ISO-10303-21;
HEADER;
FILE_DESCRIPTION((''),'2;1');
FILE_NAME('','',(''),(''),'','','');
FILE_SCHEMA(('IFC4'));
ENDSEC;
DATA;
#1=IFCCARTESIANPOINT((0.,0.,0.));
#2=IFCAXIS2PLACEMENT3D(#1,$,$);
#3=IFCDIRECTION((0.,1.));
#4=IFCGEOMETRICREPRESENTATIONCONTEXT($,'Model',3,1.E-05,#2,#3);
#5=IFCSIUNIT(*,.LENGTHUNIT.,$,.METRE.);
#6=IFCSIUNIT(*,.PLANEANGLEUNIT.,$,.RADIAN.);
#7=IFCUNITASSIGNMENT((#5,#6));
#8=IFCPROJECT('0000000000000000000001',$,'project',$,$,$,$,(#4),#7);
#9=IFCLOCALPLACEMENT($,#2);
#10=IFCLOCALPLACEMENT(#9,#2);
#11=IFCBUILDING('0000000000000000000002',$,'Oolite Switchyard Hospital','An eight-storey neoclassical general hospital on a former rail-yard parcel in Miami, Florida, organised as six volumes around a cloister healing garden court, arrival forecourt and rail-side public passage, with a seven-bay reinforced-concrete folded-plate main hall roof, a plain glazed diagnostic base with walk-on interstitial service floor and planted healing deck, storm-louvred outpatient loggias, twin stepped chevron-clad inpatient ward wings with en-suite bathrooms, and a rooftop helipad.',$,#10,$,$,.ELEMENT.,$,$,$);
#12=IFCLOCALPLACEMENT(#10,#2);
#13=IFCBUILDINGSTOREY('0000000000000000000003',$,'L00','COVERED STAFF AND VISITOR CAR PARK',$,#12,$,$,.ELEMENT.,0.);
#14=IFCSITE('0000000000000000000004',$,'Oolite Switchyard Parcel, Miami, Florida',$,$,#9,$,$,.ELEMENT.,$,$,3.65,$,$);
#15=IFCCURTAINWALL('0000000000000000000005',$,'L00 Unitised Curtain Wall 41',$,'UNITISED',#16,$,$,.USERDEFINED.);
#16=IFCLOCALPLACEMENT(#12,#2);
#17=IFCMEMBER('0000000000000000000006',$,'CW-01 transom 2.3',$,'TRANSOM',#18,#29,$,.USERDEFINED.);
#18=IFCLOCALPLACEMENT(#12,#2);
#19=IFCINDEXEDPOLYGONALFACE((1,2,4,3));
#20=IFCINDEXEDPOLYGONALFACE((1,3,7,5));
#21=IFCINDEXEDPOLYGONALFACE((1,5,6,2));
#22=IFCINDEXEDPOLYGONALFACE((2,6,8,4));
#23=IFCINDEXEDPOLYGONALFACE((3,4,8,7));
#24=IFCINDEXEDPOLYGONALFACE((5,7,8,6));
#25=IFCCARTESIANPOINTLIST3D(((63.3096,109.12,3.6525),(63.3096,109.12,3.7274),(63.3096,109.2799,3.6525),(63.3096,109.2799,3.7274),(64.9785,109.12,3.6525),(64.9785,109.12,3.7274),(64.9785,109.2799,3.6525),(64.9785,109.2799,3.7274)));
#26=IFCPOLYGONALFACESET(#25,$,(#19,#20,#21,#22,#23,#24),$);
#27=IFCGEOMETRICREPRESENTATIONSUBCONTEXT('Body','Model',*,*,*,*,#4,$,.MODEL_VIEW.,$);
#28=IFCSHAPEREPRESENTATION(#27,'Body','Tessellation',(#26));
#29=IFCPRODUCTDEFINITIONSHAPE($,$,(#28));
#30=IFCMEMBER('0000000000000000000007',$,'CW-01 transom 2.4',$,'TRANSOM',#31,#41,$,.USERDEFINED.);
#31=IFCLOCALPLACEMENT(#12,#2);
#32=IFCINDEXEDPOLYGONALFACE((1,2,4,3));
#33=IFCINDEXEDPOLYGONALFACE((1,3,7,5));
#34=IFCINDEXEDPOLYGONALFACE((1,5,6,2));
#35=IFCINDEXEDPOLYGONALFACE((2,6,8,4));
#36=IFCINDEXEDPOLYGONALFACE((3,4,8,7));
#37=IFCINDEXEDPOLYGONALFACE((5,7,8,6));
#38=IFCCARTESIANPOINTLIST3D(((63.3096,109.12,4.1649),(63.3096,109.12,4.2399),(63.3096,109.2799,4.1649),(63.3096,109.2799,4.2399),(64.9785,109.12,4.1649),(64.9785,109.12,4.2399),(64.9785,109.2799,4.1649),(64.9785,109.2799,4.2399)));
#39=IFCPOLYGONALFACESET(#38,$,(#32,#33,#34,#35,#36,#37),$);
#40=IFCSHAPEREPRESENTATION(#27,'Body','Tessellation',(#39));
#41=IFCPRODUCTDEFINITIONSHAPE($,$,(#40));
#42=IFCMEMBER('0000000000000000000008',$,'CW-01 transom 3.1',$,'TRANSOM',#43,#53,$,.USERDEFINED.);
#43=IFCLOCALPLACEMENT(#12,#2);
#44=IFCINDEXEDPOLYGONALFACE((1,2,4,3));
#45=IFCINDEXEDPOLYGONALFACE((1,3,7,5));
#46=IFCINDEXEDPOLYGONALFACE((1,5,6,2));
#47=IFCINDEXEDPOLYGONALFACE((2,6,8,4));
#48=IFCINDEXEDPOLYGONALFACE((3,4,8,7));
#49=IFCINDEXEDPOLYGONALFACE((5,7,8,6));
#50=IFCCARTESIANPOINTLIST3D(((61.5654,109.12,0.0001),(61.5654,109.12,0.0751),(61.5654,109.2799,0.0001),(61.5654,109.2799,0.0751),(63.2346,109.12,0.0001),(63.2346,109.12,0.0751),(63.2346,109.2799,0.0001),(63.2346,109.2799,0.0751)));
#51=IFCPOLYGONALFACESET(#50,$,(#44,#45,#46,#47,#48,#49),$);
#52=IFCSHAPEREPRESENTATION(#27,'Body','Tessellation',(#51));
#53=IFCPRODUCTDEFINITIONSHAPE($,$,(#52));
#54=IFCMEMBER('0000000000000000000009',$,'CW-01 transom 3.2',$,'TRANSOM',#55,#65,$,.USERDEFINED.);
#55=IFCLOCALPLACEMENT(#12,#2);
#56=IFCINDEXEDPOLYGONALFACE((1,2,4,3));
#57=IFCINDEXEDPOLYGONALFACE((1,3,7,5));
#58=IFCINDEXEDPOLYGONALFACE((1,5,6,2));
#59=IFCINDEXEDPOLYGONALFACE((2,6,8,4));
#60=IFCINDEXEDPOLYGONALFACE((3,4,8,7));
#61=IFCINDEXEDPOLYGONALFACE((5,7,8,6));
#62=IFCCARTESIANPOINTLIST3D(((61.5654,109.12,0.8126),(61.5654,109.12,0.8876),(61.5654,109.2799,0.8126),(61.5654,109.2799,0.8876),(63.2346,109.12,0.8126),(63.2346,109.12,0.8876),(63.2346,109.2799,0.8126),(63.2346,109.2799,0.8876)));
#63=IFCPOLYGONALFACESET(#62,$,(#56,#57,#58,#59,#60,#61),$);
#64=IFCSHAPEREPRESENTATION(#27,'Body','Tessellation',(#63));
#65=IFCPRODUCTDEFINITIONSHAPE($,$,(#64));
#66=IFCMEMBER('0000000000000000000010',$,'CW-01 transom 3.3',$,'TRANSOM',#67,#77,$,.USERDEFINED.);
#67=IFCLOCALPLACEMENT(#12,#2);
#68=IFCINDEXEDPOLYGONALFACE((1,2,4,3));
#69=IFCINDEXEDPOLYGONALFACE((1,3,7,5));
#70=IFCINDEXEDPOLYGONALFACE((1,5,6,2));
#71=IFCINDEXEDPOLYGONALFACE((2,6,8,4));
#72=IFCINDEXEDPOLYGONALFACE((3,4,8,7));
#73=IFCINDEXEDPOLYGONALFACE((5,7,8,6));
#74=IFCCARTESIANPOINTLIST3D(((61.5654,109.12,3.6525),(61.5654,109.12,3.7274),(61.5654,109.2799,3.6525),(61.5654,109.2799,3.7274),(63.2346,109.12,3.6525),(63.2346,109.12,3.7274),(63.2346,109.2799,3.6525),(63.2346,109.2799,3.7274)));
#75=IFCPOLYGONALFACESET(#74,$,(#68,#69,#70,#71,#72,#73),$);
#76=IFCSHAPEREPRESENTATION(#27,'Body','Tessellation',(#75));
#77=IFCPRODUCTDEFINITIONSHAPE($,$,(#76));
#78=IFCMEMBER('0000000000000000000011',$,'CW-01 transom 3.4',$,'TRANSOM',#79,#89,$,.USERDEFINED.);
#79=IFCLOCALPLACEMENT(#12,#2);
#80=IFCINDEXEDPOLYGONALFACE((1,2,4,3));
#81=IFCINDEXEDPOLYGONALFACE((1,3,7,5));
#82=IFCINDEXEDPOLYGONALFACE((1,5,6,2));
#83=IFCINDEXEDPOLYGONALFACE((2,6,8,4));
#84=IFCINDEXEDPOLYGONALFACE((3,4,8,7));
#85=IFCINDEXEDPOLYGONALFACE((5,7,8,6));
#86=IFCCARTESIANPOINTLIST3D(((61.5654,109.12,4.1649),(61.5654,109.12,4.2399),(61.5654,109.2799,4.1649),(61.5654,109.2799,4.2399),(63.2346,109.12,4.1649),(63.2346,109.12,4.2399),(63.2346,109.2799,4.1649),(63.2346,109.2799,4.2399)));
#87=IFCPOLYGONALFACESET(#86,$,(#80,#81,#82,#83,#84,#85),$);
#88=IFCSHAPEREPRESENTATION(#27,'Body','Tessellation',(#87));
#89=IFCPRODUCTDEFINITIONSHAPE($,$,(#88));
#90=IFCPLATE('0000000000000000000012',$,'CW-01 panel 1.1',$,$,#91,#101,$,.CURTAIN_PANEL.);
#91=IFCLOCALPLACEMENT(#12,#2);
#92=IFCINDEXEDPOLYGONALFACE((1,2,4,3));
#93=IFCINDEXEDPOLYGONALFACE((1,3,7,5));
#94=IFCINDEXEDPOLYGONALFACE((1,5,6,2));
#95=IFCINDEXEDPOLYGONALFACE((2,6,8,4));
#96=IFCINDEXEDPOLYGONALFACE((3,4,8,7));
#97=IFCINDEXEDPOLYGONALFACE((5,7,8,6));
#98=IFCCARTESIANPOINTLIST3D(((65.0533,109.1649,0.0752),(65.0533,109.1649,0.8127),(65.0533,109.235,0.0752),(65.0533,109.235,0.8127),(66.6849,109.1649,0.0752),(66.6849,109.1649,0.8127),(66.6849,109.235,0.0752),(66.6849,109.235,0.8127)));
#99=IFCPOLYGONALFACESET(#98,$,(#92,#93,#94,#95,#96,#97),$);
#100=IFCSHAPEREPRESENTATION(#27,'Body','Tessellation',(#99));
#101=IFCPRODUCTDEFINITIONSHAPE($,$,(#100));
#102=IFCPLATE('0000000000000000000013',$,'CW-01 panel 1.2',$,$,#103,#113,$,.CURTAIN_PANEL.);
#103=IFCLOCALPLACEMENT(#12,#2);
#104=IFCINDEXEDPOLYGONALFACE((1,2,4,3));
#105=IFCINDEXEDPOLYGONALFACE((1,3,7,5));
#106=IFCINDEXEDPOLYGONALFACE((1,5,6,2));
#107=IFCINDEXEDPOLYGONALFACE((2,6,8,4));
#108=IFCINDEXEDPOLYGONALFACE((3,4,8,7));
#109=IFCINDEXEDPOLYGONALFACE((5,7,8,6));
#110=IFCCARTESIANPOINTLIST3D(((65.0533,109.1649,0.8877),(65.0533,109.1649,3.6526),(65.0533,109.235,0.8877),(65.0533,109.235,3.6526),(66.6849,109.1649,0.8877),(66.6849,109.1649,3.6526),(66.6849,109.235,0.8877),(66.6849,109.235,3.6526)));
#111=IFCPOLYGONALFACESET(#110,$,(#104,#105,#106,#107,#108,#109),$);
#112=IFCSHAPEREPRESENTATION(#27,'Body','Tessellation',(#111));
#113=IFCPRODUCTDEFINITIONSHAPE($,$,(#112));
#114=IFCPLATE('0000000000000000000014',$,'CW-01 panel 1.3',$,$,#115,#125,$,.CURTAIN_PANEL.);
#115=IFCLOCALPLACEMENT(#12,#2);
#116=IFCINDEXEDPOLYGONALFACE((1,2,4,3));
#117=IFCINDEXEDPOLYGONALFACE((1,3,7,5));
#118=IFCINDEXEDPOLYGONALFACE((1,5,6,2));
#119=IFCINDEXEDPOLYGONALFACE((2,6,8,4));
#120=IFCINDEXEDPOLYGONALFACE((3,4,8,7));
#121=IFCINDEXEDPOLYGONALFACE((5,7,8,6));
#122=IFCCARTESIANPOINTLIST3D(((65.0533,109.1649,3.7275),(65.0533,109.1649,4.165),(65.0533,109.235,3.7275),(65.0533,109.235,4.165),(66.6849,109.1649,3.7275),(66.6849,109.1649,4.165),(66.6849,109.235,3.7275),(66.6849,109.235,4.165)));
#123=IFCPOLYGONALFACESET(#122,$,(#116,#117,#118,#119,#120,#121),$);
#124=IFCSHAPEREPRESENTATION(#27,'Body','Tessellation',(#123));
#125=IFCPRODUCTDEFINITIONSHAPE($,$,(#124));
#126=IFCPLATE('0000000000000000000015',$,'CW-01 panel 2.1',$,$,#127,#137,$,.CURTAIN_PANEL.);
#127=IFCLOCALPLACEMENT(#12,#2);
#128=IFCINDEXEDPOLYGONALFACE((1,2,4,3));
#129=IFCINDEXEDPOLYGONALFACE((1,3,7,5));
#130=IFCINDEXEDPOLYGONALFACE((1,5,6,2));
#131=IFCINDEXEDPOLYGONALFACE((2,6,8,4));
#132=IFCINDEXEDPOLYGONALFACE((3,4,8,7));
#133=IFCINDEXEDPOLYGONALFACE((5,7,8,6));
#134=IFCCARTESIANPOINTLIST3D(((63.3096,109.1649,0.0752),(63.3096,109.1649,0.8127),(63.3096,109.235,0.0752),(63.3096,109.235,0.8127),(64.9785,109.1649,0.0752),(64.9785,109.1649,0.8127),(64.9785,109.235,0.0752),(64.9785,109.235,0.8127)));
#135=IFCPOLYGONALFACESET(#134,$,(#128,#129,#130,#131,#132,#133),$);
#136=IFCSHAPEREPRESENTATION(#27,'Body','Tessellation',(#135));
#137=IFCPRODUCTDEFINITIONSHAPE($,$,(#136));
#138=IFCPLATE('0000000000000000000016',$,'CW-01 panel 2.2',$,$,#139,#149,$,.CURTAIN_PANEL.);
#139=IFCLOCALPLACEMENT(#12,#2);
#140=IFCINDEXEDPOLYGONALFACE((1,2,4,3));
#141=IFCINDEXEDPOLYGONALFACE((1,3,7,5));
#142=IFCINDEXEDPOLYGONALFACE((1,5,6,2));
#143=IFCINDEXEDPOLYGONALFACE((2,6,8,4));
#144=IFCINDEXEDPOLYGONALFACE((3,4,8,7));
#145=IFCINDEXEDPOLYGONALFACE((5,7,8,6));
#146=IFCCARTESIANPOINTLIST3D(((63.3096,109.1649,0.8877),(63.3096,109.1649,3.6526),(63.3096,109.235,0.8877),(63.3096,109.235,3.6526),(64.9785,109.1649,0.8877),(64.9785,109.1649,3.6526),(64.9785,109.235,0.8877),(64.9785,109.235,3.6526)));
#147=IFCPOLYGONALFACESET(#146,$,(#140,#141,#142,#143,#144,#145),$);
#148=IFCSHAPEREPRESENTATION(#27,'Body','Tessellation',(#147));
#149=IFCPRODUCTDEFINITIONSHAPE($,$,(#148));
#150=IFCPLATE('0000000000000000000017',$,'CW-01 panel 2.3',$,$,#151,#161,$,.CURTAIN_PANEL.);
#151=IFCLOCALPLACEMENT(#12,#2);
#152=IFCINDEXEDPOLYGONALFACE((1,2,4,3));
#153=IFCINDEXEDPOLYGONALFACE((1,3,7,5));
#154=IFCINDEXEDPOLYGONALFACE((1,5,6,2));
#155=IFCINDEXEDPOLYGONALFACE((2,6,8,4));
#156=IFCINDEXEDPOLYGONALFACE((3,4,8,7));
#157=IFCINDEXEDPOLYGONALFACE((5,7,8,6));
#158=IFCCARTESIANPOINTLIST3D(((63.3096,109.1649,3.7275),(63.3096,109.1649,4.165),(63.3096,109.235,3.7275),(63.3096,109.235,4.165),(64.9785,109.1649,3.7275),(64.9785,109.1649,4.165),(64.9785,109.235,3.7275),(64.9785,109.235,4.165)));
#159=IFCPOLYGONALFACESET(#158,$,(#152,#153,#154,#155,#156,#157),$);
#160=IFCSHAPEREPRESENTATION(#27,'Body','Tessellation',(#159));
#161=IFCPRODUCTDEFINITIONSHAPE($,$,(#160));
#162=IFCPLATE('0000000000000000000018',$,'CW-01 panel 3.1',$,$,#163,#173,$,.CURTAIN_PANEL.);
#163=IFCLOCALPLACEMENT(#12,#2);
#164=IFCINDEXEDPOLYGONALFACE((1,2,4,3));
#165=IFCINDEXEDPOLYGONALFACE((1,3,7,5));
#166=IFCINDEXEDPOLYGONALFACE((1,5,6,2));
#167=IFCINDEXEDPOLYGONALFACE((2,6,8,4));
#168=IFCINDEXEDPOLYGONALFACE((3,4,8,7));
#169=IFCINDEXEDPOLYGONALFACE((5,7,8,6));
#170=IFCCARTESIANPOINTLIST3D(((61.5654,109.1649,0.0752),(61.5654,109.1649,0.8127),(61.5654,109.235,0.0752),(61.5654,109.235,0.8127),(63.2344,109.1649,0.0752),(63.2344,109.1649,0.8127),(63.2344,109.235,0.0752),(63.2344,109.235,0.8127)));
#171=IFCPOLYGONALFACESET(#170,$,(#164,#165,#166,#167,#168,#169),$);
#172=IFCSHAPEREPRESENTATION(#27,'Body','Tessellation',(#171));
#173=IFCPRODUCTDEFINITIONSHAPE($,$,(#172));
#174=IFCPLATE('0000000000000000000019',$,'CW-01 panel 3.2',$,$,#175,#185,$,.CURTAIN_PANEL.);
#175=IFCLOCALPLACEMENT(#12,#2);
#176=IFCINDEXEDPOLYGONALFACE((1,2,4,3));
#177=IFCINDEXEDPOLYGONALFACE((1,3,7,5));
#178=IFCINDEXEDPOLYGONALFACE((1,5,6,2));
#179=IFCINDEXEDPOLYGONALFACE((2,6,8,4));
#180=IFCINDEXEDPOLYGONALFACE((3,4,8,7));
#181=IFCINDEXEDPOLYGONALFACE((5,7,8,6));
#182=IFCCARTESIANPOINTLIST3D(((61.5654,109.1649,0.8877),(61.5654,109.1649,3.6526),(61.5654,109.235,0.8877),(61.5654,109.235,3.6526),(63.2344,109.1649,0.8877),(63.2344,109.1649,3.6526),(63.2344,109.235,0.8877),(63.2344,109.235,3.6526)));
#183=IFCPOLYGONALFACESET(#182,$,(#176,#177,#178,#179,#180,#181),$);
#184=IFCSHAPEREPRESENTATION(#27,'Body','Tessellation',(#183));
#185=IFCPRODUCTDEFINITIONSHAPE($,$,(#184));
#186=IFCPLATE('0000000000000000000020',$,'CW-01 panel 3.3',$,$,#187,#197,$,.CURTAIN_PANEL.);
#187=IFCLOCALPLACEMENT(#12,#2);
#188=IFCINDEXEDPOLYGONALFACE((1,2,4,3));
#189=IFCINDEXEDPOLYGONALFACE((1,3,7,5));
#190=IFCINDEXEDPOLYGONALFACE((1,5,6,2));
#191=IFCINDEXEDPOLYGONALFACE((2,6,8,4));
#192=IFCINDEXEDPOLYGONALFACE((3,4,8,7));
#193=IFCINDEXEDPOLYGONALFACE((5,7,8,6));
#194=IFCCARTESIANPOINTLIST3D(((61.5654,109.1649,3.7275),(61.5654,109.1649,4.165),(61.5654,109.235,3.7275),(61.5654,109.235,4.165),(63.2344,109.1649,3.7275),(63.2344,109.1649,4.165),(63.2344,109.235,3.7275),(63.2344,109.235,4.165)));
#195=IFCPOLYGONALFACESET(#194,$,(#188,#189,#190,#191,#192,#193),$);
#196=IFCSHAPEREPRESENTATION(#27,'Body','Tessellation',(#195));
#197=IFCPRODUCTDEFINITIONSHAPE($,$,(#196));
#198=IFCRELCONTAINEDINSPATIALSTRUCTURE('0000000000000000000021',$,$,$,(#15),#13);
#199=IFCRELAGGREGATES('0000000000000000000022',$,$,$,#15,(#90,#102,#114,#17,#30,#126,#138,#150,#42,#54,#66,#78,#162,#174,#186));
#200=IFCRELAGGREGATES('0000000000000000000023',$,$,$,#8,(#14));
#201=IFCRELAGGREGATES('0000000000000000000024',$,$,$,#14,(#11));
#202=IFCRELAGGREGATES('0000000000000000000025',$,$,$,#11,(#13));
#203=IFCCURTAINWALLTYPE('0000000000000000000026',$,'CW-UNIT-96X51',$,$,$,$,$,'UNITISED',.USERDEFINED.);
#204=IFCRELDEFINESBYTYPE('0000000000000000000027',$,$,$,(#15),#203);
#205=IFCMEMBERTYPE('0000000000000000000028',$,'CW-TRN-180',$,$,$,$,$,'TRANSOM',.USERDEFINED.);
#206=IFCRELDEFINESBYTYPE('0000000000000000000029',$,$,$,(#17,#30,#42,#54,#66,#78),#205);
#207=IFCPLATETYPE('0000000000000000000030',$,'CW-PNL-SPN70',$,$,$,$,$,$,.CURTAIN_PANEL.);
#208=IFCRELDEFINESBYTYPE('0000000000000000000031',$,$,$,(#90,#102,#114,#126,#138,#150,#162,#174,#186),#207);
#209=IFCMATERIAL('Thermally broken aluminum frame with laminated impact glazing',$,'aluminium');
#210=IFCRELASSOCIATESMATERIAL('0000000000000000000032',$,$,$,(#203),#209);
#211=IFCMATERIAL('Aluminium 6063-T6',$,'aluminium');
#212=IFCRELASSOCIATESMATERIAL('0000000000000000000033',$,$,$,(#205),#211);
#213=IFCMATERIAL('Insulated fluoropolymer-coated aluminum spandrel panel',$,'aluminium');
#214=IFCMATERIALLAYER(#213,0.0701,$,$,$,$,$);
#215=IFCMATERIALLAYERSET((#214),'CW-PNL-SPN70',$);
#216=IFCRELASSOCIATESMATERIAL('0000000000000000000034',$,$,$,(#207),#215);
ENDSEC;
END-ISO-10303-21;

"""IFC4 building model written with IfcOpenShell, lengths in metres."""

from ifc_helpers import new_model, si_unit, direction, frame, origin, origin_2d, place, context, subcontext, project, spatial, rectangle, extrude, material, layer, layer_set, material_profile, profile_set, type_object, element, aggregate, save


model = new_model("IFC4")

# Units and contexts
model_context = context("Model", 3, precision=1e-05, world=origin(), true_north=direction((0.0, 1.0)))
body_context = subcontext(model_context, "Body", "Model", "MODEL_VIEW")
ifc_project = project(units=[si_unit("LENGTHUNIT", "METRE"), si_unit("PLANEANGLEUNIT", "RADIAN")], contexts=[model_context])

# Site, building, storey
site_placement = place(None, origin())
site = spatial("IfcSite", under=ifc_project, at=site_placement, Name="Oolite Switchyard Parcel, Miami, Florida", CompositionType="ELEMENT", RefElevation=3.65)
building_placement = place(site_placement, origin())
building = spatial("IfcBuilding", under=site, at=building_placement, Name="Oolite Switchyard Hospital", Description="An eight-storey neoclassical general hospital on a former rail-yard parcel in Miami, Florida, organised as six volumes around a cloister healing garden court, arrival forecourt and rail-side public passage, with a seven-bay reinforced-concrete folded-plate main hall roof, a plain glazed diagnostic base with walk-on interstitial service floor and planted healing deck, storm-louvred outpatient loggias, twin stepped chevron-clad inpatient ward wings with en-suite bathrooms, and a rooftop helipad.", CompositionType="ELEMENT")
storey_placement = place(building_placement, origin())
storey = spatial("IfcBuildingStorey", under=building, at=storey_placement, Name="L00", Description="COVERED STAFF AND VISITOR CAR PARK", CompositionType="ELEMENT", Elevation=0.0)

# Curtain wall, members, plates
ifc_material_1 = material(Name="Thermally broken aluminum frame with laminated impact glazing", Category="aluminium")
curtain_wall_type = type_object("IfcCurtainWallType", Name="CW-UNIT-96X51", ElementType="UNITISED", PredefinedType="USERDEFINED", material=ifc_material_1)
curtain_wall_placement = place(storey_placement, origin())
curtain_wall = element("IfcCurtainWall", 1, at=curtain_wall_placement, inside=storey, type_object=curtain_wall_type, Name="L00 Unitised Curtain Wall 41", ObjectType="UNITISED", PredefinedType="USERDEFINED")
ifc_material_2 = material(Name="Aluminium 6063-T6", Category="aluminium")
ifc_material_profile_1 = material_profile(ifc_material_2, rectangle(XDim=0.1599, YDim=0.075, at=origin_2d()), Name="CWT75X160")
ifc_profile_set_1 = profile_set([ifc_material_profile_1], Name="Aluminium 6063-T6")
member_type_1 = type_object("IfcMemberType", Name="CW-TRN-180", ElementType="TRANSOM", PredefinedType="USERDEFINED", material=ifc_profile_set_1)
member_1_placement = place(storey_placement, frame((64.9785, 109.2, 3.6899), z_axis=(-1.0, 0.0, 0.0), x_axis=(0.0, -1.0, 0.0)))
member_1 = element("IfcMember", 2, at=member_1_placement, type_object=member_type_1, Name="CW-01 transom 2.3", ObjectType="TRANSOM", PredefinedType="USERDEFINED", context=body_context, shape_type="SweptSolid", body=[
    extrude(rectangle(XDim=0.1599, YDim=0.075, at=origin_2d()), origin(), (0.0, 0.0, 1.0), 1.6689),
])
member_2_placement = place(storey_placement, frame((64.9785, 109.2, 4.2024), z_axis=(-1.0, 0.0, 0.0), x_axis=(0.0, -1.0, 0.0)))
member_2 = element("IfcMember", 3, at=member_2_placement, type_object=member_type_1, Name="CW-01 transom 2.4", ObjectType="TRANSOM", PredefinedType="USERDEFINED", context=body_context, shape_type="SweptSolid", body=[
    extrude(rectangle(XDim=0.1599, YDim=0.075, at=origin_2d()), origin(), (0.0, 0.0, 1.0), 1.6689),
])
member_3_placement = place(storey_placement, frame((63.2346, 109.2, 0.0376), z_axis=(-1.0, 0.0, 0.0), x_axis=(0.0, -1.0, 0.0)))
member_3 = element("IfcMember", 4, at=member_3_placement, type_object=member_type_1, Name="CW-01 transom 3.1", ObjectType="TRANSOM", PredefinedType="USERDEFINED", context=body_context, shape_type="SweptSolid", body=[
    extrude(rectangle(XDim=0.1599, YDim=0.075, at=origin_2d()), origin(), (0.0, 0.0, 1.0), 1.6692),
])
member_4_placement = place(storey_placement, frame((63.2346, 109.2, 0.8501), z_axis=(-1.0, 0.0, 0.0), x_axis=(0.0, -1.0, 0.0)))
member_4 = element("IfcMember", 5, at=member_4_placement, type_object=member_type_1, Name="CW-01 transom 3.2", ObjectType="TRANSOM", PredefinedType="USERDEFINED", context=body_context, shape_type="SweptSolid", body=[
    extrude(rectangle(XDim=0.1599, YDim=0.075, at=origin_2d()), origin(), (0.0, 0.0, 1.0), 1.6692),
])
member_5_placement = place(storey_placement, frame((63.2346, 109.2, 3.6899), z_axis=(-1.0, 0.0, 0.0), x_axis=(0.0, -1.0, 0.0)))
member_5 = element("IfcMember", 6, at=member_5_placement, type_object=member_type_1, Name="CW-01 transom 3.3", ObjectType="TRANSOM", PredefinedType="USERDEFINED", context=body_context, shape_type="SweptSolid", body=[
    extrude(rectangle(XDim=0.1599, YDim=0.075, at=origin_2d()), origin(), (0.0, 0.0, 1.0), 1.6692),
])
member_6_placement = place(storey_placement, frame((63.2346, 109.2, 4.2024), z_axis=(-1.0, 0.0, 0.0), x_axis=(0.0, -1.0, 0.0)))
member_6 = element("IfcMember", 7, at=member_6_placement, type_object=member_type_1, Name="CW-01 transom 3.4", ObjectType="TRANSOM", PredefinedType="USERDEFINED", context=body_context, shape_type="SweptSolid", body=[
    extrude(rectangle(XDim=0.1599, YDim=0.075, at=origin_2d()), origin(), (0.0, 0.0, 1.0), 1.6692),
])
ifc_material_3 = material(Name="Insulated fluoropolymer-coated aluminum spandrel panel", Category="aluminium")
ifc_layer = layer(ifc_material_3, 0.0701)
ifc_layer_set = layer_set([ifc_layer], Name="CW-PNL-SPN70")
plate_type = type_object("IfcPlateType", Name="CW-PNL-SPN70", PredefinedType="CURTAIN_PANEL", material=ifc_layer_set)
plate_1_placement = place(storey_placement, frame((65.8691, 109.2, 0.0752), z_axis=(0.0, 0.0, 1.0), x_axis=(-1.0, 0.0, 0.0)))
plate_1 = element("IfcPlate", 8, at=plate_1_placement, type_object=plate_type, Name="CW-01 panel 1.1", PredefinedType="CURTAIN_PANEL", context=body_context, shape_type="SweptSolid", body=[
    extrude(rectangle(XDim=1.6316, YDim=0.0701, at=origin_2d()), origin(), (0.0, 0.0, 1.0), 0.7375),
])
plate_2_placement = place(storey_placement, frame((65.8691, 109.2, 0.8877), z_axis=(0.0, 0.0, 1.0), x_axis=(-1.0, 0.0, 0.0)))
plate_2 = element("IfcPlate", 9, at=plate_2_placement, type_object=plate_type, Name="CW-01 panel 1.2", PredefinedType="CURTAIN_PANEL", context=body_context, shape_type="SweptSolid", body=[
    extrude(rectangle(XDim=1.6316, YDim=0.0701, at=origin_2d()), origin(), (0.0, 0.0, 1.0), 2.7649),
])
plate_3_placement = place(storey_placement, frame((65.8691, 109.2, 3.7275), z_axis=(0.0, 0.0, 1.0), x_axis=(-1.0, 0.0, 0.0)))
plate_3 = element("IfcPlate", 10, at=plate_3_placement, type_object=plate_type, Name="CW-01 panel 1.3", PredefinedType="CURTAIN_PANEL", context=body_context, shape_type="SweptSolid", body=[
    extrude(rectangle(XDim=1.6316, YDim=0.0701, at=origin_2d()), origin(), (0.0, 0.0, 1.0), 0.4375),
])
plate_4_placement = place(storey_placement, frame((64.144, 109.2, 0.0752), z_axis=(0.0, 0.0, 1.0), x_axis=(-1.0, 0.0, 0.0)))
plate_4 = element("IfcPlate", 11, at=plate_4_placement, type_object=plate_type, Name="CW-01 panel 2.1", PredefinedType="CURTAIN_PANEL", context=body_context, shape_type="SweptSolid", body=[
    extrude(rectangle(XDim=1.6689, YDim=0.0701, at=origin_2d()), origin(), (0.0, 0.0, 1.0), 0.7375),
])
plate_5_placement = place(storey_placement, frame((64.144, 109.2, 0.8877), z_axis=(0.0, 0.0, 1.0), x_axis=(-1.0, 0.0, 0.0)))
plate_5 = element("IfcPlate", 12, at=plate_5_placement, type_object=plate_type, Name="CW-01 panel 2.2", PredefinedType="CURTAIN_PANEL", context=body_context, shape_type="SweptSolid", body=[
    extrude(rectangle(XDim=1.6689, YDim=0.0701, at=origin_2d()), origin(), (0.0, 0.0, 1.0), 2.7649),
])
plate_6_placement = place(storey_placement, frame((64.144, 109.2, 3.7275), z_axis=(0.0, 0.0, 1.0), x_axis=(-1.0, 0.0, 0.0)))
plate_6 = element("IfcPlate", 13, at=plate_6_placement, type_object=plate_type, Name="CW-01 panel 2.3", PredefinedType="CURTAIN_PANEL", context=body_context, shape_type="SweptSolid", body=[
    extrude(rectangle(XDim=1.6689, YDim=0.0701, at=origin_2d()), origin(), (0.0, 0.0, 1.0), 0.4375),
])
plate_7_placement = place(storey_placement, frame((62.3999, 109.2, 0.0752), z_axis=(0.0, 0.0, 1.0), x_axis=(-1.0, 0.0, 0.0)))
plate_7 = element("IfcPlate", 14, at=plate_7_placement, type_object=plate_type, Name="CW-01 panel 3.1", PredefinedType="CURTAIN_PANEL", context=body_context, shape_type="SweptSolid", body=[
    extrude(rectangle(XDim=1.6689, YDim=0.0701, at=origin_2d()), origin(), (0.0, 0.0, 1.0), 0.7375),
])
plate_8_placement = place(storey_placement, frame((62.3999, 109.2, 0.8877), z_axis=(0.0, 0.0, 1.0), x_axis=(-1.0, 0.0, 0.0)))
plate_8 = element("IfcPlate", 15, at=plate_8_placement, type_object=plate_type, Name="CW-01 panel 3.2", PredefinedType="CURTAIN_PANEL", context=body_context, shape_type="SweptSolid", body=[
    extrude(rectangle(XDim=1.6689, YDim=0.0701, at=origin_2d()), origin(), (0.0, 0.0, 1.0), 2.7649),
])
plate_9_placement = place(storey_placement, frame((62.3999, 109.2, 3.7275), z_axis=(0.0, 0.0, 1.0), x_axis=(-1.0, 0.0, 0.0)))
plate_9 = element("IfcPlate", 16, at=plate_9_placement, type_object=plate_type, Name="CW-01 panel 3.3", PredefinedType="CURTAIN_PANEL", context=body_context, shape_type="SweptSolid", body=[
    extrude(rectangle(XDim=1.6689, YDim=0.0701, at=origin_2d()), origin(), (0.0, 0.0, 1.0), 0.4375),
])
aggregate(curtain_wall, [plate_1, plate_2, plate_3, member_1, member_2, plate_4, plate_5, plate_6, member_3, member_4, member_5, member_6, plate_7, plate_8, plate_9])

save(model, "model.ifc")
